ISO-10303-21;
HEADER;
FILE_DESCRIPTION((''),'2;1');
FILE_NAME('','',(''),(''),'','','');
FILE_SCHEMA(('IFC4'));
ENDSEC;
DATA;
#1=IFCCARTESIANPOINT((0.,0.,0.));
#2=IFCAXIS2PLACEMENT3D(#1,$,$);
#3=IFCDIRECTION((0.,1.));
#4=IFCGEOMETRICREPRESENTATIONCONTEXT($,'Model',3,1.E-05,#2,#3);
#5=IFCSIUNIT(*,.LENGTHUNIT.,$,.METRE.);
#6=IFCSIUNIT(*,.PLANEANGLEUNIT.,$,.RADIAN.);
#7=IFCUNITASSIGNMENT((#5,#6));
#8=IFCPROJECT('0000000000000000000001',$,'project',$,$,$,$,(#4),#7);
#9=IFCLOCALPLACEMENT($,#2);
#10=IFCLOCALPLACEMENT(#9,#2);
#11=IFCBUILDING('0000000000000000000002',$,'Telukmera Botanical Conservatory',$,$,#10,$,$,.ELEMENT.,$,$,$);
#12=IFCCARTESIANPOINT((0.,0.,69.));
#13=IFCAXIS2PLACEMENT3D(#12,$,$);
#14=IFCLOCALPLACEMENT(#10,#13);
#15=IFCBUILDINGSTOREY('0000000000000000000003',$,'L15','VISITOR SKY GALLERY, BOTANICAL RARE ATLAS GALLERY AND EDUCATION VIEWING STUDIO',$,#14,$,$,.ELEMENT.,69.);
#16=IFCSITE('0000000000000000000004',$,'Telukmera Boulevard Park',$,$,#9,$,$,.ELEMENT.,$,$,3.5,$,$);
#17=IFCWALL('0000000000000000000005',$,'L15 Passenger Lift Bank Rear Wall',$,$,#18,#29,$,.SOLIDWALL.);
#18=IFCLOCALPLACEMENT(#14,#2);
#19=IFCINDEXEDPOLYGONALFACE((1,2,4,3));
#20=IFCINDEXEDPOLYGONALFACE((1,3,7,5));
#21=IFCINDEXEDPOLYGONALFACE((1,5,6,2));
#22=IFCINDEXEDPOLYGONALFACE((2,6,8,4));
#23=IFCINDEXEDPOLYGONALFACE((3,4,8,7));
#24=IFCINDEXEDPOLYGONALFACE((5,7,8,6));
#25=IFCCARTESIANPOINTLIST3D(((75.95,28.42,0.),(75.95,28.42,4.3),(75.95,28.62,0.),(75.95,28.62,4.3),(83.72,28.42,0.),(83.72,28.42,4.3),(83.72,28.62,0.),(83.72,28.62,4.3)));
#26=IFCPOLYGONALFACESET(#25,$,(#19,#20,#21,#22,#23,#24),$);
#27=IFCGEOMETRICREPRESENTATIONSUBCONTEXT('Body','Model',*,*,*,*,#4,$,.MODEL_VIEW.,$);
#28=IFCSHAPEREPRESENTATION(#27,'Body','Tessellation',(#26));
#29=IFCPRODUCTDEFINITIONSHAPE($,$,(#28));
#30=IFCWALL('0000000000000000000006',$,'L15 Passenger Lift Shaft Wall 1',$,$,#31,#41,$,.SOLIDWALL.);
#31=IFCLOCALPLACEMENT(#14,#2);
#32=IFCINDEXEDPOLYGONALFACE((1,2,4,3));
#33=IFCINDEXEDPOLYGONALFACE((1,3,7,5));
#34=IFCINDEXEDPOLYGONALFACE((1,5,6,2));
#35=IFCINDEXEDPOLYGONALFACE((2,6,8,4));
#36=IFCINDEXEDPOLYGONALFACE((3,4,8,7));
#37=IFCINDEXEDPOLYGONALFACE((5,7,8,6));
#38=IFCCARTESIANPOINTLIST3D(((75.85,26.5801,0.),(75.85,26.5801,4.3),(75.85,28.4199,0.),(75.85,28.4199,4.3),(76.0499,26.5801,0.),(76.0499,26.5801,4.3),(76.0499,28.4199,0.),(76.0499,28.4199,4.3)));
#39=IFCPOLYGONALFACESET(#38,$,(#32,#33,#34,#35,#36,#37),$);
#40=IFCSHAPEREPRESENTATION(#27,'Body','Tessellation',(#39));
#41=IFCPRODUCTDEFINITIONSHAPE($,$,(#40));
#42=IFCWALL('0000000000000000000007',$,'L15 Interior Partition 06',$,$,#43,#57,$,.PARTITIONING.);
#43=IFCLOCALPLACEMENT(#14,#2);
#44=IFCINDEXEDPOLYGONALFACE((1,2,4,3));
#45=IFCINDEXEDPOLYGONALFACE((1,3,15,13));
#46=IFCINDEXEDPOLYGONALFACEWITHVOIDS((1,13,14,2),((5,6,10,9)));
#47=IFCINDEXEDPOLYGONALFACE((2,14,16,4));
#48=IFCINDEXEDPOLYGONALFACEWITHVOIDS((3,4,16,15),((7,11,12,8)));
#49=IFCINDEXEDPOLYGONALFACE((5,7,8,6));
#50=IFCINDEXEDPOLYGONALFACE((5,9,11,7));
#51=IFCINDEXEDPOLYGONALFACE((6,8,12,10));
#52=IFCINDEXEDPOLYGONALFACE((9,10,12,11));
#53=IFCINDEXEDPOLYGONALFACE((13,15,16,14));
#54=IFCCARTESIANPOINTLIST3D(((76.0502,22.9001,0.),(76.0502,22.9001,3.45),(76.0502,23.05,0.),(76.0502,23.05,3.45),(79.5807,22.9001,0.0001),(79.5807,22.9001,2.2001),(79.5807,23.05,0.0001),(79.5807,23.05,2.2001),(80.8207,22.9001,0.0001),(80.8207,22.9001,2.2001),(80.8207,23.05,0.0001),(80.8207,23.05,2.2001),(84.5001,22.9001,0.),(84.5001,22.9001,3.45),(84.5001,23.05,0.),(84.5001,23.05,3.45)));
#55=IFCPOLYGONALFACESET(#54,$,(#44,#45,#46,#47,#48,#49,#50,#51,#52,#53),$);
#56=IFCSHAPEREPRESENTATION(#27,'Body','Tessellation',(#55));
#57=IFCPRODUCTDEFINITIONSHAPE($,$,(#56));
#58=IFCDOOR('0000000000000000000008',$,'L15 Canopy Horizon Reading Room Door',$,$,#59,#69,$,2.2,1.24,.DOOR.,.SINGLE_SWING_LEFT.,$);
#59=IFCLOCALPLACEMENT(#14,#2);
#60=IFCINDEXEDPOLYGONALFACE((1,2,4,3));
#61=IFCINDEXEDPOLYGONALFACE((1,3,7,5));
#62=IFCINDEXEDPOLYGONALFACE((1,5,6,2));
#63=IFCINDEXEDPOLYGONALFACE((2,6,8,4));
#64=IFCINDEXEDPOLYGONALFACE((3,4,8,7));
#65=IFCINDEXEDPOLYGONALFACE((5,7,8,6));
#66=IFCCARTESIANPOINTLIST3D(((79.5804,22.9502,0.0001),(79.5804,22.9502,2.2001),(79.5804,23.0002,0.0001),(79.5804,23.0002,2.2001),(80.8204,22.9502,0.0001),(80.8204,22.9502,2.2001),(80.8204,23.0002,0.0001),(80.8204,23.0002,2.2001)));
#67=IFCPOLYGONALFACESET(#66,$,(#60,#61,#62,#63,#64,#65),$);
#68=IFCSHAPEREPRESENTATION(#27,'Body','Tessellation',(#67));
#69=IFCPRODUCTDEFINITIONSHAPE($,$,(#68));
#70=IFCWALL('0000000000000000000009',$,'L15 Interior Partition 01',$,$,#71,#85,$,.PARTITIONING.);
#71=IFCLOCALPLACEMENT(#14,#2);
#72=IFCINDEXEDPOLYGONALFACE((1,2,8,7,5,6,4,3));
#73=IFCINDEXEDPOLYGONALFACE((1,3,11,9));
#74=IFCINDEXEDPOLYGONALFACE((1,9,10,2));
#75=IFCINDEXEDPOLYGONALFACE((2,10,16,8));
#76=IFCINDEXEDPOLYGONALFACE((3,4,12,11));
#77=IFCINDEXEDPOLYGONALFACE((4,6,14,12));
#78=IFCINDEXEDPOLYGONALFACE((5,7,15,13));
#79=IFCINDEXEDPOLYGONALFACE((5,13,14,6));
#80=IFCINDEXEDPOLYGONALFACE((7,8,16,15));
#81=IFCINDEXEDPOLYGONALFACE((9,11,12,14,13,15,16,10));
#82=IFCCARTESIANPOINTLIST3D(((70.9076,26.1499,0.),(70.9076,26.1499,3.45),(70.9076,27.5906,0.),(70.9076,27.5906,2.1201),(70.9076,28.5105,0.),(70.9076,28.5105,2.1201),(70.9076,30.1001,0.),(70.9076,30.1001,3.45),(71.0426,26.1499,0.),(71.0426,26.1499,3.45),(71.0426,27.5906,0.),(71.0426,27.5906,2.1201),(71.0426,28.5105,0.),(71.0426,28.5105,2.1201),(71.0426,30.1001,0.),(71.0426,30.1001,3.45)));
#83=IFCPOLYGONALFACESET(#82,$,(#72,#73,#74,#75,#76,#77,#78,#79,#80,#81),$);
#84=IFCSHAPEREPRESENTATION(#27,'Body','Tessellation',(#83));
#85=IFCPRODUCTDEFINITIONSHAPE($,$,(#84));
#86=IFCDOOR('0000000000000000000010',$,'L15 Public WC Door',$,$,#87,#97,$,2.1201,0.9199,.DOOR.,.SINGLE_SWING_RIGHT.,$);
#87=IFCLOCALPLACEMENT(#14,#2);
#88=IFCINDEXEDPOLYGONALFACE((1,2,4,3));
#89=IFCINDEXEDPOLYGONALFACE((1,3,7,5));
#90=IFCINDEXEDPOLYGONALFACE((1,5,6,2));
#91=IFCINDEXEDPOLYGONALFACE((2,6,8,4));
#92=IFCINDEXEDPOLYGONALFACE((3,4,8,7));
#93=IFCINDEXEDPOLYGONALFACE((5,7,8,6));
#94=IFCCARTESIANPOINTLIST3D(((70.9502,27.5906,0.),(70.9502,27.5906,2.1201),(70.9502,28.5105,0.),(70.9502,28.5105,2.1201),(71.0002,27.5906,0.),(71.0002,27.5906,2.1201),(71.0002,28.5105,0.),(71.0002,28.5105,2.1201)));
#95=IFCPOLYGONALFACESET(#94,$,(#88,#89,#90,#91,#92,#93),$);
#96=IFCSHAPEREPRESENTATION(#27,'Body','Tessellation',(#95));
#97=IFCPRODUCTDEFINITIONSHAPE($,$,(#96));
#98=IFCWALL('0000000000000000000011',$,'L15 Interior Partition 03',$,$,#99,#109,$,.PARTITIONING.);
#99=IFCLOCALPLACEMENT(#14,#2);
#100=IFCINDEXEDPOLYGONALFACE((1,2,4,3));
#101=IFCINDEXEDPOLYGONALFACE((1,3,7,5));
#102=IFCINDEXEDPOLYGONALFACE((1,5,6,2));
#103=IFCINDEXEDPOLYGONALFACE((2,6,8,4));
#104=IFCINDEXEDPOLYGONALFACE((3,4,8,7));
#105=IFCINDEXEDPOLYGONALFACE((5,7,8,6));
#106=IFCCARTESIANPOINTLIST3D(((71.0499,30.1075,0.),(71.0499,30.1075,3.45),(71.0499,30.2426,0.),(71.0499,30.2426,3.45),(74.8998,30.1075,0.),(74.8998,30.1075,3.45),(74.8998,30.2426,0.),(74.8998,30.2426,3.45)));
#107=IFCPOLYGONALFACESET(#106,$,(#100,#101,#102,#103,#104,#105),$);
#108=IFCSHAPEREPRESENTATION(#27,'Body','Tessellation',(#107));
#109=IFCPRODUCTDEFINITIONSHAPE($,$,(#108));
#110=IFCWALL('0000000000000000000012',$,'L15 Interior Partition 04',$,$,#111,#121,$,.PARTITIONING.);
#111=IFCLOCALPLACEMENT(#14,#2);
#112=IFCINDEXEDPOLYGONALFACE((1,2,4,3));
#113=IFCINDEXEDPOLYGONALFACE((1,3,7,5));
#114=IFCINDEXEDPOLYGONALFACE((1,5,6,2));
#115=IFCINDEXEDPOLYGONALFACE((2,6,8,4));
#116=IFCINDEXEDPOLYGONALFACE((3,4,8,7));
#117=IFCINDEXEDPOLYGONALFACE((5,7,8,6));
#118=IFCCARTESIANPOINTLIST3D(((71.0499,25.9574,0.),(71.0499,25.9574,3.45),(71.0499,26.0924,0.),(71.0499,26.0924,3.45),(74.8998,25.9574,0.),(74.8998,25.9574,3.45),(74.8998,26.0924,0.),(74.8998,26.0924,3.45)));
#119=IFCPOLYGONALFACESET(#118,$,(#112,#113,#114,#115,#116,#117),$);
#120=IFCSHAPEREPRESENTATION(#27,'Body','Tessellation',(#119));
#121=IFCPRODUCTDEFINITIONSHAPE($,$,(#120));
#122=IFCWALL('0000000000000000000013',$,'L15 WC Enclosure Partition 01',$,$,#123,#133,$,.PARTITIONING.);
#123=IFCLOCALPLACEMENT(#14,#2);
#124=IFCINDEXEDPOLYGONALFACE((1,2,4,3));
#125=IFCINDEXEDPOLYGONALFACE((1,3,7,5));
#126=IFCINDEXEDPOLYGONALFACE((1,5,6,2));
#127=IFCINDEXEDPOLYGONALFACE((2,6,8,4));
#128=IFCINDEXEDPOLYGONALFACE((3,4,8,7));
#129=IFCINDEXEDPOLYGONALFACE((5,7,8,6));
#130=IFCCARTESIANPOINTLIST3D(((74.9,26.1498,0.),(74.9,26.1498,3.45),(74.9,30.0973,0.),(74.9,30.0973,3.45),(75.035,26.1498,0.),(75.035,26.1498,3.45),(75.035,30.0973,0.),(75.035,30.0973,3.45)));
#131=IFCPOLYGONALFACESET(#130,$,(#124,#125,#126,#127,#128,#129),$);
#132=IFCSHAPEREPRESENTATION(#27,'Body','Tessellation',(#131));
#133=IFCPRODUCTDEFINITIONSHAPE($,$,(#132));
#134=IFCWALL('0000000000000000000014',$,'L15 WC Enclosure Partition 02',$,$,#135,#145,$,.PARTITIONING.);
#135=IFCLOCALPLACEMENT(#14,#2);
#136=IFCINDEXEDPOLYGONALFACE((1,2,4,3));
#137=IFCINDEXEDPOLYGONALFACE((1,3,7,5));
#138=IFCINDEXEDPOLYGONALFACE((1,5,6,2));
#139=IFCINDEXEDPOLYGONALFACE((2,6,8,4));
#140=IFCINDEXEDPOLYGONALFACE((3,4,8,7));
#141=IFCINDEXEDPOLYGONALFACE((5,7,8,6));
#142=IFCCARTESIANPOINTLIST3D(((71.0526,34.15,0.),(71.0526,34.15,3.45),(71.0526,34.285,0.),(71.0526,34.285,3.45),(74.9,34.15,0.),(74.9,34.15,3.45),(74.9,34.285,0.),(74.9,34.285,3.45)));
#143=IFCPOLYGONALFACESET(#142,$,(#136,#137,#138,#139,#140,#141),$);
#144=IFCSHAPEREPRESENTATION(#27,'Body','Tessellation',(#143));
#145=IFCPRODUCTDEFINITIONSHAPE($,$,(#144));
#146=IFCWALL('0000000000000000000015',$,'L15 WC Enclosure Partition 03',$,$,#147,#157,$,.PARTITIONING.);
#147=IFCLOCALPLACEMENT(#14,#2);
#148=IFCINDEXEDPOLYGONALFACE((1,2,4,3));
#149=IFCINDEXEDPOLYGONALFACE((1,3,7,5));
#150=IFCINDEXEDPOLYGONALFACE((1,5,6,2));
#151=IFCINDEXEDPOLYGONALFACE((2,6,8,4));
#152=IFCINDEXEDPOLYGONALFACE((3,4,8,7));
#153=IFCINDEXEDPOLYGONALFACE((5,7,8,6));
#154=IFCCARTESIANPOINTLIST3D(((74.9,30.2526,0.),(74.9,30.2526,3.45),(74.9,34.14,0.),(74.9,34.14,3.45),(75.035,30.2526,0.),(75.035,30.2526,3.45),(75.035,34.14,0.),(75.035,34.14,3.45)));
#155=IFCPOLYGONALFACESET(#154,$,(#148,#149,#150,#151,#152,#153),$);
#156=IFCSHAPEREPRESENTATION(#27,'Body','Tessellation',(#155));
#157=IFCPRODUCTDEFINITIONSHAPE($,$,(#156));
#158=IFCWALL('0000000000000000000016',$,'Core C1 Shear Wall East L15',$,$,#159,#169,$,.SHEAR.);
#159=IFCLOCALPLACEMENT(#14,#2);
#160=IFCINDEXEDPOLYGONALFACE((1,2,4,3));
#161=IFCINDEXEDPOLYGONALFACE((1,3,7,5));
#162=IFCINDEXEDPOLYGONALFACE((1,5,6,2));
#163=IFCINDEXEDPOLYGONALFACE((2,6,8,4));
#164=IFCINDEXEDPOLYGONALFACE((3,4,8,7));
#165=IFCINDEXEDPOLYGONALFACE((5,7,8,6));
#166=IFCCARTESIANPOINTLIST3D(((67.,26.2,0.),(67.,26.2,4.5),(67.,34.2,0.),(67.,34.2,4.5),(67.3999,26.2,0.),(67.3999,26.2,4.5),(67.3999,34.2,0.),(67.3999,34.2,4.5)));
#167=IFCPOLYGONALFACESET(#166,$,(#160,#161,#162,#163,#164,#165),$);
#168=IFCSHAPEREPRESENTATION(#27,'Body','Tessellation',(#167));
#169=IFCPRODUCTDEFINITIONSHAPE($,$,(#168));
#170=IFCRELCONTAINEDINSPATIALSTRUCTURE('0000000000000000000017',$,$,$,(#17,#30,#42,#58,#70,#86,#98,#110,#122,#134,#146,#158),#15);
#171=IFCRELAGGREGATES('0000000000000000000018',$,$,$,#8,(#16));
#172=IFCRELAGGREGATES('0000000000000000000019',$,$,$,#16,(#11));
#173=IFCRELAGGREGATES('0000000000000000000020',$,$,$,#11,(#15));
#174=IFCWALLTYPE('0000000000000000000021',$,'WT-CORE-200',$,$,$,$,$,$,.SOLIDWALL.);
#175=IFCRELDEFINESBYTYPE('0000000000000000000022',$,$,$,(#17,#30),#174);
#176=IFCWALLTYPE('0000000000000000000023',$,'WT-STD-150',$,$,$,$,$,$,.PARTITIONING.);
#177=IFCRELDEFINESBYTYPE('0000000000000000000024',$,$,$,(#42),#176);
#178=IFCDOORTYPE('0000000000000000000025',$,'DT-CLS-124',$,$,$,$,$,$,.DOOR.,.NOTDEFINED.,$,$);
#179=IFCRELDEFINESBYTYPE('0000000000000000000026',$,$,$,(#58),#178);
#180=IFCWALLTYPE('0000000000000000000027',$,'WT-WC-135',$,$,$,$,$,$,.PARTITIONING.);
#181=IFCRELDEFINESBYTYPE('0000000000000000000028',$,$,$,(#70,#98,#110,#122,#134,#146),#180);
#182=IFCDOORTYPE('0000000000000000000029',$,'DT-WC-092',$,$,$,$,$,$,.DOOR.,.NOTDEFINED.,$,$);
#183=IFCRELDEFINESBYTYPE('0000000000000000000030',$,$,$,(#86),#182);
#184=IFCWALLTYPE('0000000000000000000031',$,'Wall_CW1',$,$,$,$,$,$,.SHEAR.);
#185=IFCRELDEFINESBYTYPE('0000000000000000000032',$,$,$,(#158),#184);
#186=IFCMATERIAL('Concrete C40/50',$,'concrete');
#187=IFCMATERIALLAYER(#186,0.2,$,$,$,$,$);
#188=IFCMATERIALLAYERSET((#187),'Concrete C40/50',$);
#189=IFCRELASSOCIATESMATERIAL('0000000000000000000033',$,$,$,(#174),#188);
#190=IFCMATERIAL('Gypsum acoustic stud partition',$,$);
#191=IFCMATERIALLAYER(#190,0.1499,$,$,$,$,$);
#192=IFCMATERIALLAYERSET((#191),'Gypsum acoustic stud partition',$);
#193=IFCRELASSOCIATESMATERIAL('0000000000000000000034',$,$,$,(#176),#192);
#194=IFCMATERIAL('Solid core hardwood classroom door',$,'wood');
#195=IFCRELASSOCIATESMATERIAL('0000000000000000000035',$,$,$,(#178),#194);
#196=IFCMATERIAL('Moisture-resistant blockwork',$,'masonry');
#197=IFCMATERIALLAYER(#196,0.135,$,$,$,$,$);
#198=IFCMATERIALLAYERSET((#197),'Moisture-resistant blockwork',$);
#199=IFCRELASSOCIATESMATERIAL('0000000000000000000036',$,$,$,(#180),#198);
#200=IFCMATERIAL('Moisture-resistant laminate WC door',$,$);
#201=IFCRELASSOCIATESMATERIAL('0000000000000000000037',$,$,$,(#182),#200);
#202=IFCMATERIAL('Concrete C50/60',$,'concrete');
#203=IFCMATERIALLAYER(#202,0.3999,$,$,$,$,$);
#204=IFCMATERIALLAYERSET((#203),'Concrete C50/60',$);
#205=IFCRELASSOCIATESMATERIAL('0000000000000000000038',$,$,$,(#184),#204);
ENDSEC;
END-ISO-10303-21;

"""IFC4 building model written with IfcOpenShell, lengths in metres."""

from ifc_helpers import new_model, si_unit, direction, frame, frame_2d, origin, place, context, subcontext, project, spatial, rectangle, extrude, material, layer, layer_set, type_object, element, fill, save


model = new_model("IFC4")

# Units and contexts
model_context = context("Model", 3, precision=1e-05, world=origin(), true_north=direction((0.0, 1.0)))
body_context = subcontext(model_context, "Body", "Model", "MODEL_VIEW")
ifc_project = project(units=[si_unit("LENGTHUNIT", "METRE"), si_unit("PLANEANGLEUNIT", "RADIAN")], contexts=[model_context])

# Site, building, storey
site_placement = place(None, origin())
site = spatial("IfcSite", under=ifc_project, at=site_placement, Name="Telukmera Boulevard Park", CompositionType="ELEMENT", RefElevation=3.5)
building_placement = place(site_placement, origin())
building = spatial("IfcBuilding", under=site, at=building_placement, Name="Telukmera Botanical Conservatory", CompositionType="ELEMENT")
storey_placement = place(building_placement, frame((0.0, 0.0, 69.0)))
storey = spatial("IfcBuildingStorey", under=building, at=storey_placement, Name="L15", Description="VISITOR SKY GALLERY, BOTANICAL RARE ATLAS GALLERY AND EDUCATION VIEWING STUDIO", CompositionType="ELEMENT", Elevation=69.0)

# Shared definitions
ifc_material_1 = material(Name="Concrete C40/50", Category="concrete")
ifc_material_2 = material(Name="Concrete C50/60", Category="concrete")

# Shared definitions
ifc_layer_1 = layer(ifc_material_1, 0.2)
ifc_layer_set_1 = layer_set([ifc_layer_1], Name="Concrete C40/50")
wall_type_1 = type_object("IfcWallType", Name="WT-CORE-200", PredefinedType="SOLIDWALL", material=ifc_layer_set_1)

# Walls
wall_1_placement = place(storey_placement, frame((75.95, 28.52, 0.0), z_axis=(0.0, 0.0, 1.0), x_axis=(1.0, 0.0, 0.0)))
element("IfcWall", 1, at=wall_1_placement, inside=storey, type_object=wall_type_1, Name="L15 Passenger Lift Bank Rear Wall", PredefinedType="SOLIDWALL", context=body_context, shape_type="SweptSolid", body=[
    extrude(rectangle(XDim=7.77, YDim=0.2, at=frame_2d((3.885, 0.0))), origin(), (0.0, 0.0, 1.0), 4.3),
])
wall_2_placement = place(storey_placement, frame((75.95, 26.5801, 0.0), z_axis=(0.0, 0.0, 1.0), x_axis=(0.0, 1.0, 0.0)))
element("IfcWall", 2, at=wall_2_placement, inside=storey, type_object=wall_type_1, Name="L15 Passenger Lift Shaft Wall 1", PredefinedType="SOLIDWALL", context=body_context, shape_type="SweptSolid", body=[
    extrude(rectangle(XDim=1.8398, YDim=0.2, at=frame_2d((0.9199, 0.0))), origin(), (0.0, 0.0, 1.0), 4.3),
])

# Walls, openings, doors
ifc_material_3 = material(Name="Gypsum acoustic stud partition")
ifc_layer_2 = layer(ifc_material_3, 0.1499)
ifc_layer_set_2 = layer_set([ifc_layer_2], Name="Gypsum acoustic stud partition")
wall_type_2 = type_object("IfcWallType", Name="WT-STD-150", PredefinedType="PARTITIONING", material=ifc_layer_set_2)
wall_3_placement = place(storey_placement, frame((76.05, 22.9751, 0.0), z_axis=(0.0, 0.0, 1.0), x_axis=(1.0, 0.0, 0.0)))
wall_3 = element("IfcWall", 3, at=wall_3_placement, inside=storey, type_object=wall_type_2, Name="L15 Interior Partition 06", PredefinedType="PARTITIONING", context=body_context, shape_type="SweptSolid", body=[
    extrude(rectangle(XDim=8.45, YDim=0.1499, at=frame_2d((4.2251, 0.0))), origin(), (0.0, 0.0, 1.0), 3.45),
])
opening_1_placement = place(wall_3_placement, frame((3.5305, 0.0, 0.0)))
opening_1 = element("IfcOpeningElement", 4, at=opening_1_placement, cuts=wall_3, PredefinedType="OPENING", context=body_context, shape_type="SweptSolid", body=[
    extrude(rectangle(XDim=1.24, YDim=2.2, at=frame_2d((0.6201, 1.1001))), frame((0.0, 0.085, 0.0), z_axis=(0.0, -1.0, 0.0), x_axis=(1.0, 0.0, 0.0)), (0.0, 0.0, 1.0), 0.1699),
])
ifc_material_4 = material(Name="Solid core hardwood classroom door", Category="wood")
door_type_1 = type_object("IfcDoorType", Name="DT-CLS-124", OperationType="NOTDEFINED", PredefinedType="DOOR", material=ifc_material_4)
door_1_placement = place(opening_1_placement, frame((1.24, 0.0, 0.0), z_axis=(0.0, 0.0, 1.0), x_axis=(-1.0, 0.0, 0.0)))
door_1 = element("IfcDoor", 5, at=door_1_placement, inside=storey, type_object=door_type_1, Name="L15 Canopy Horizon Reading Room Door", OperationType="SINGLE_SWING_LEFT", OverallHeight=2.2, OverallWidth=1.24, PredefinedType="DOOR", context=body_context, shape_type="SweptSolid", body=[
    extrude(rectangle(XDim=1.24, YDim=2.2, at=frame_2d((0.6201, 1.1001))), frame((0.0, 0.0249, 0.0), z_axis=(0.0, -1.0, 0.0), x_axis=(1.0, 0.0, 0.0)), (0.0, 0.0, 1.0), 0.05),
])
fill(opening_1, door_1)
ifc_material_5 = material(Name="Moisture-resistant blockwork", Category="masonry")
ifc_layer_3 = layer(ifc_material_5, 0.135)
ifc_layer_set_3 = layer_set([ifc_layer_3], Name="Moisture-resistant blockwork")
wall_type_3 = type_object("IfcWallType", Name="WT-WC-135", PredefinedType="PARTITIONING", material=ifc_layer_set_3)
wall_4_placement = place(storey_placement, frame((70.9751, 26.1499, 0.0), z_axis=(0.0, 0.0, 1.0), x_axis=(0.0, 1.0, 0.0)))
wall_4 = element("IfcWall", 6, at=wall_4_placement, inside=storey, type_object=wall_type_3, Name="L15 Interior Partition 01", PredefinedType="PARTITIONING", context=body_context, shape_type="SweptSolid", body=[
    extrude(rectangle(XDim=3.9502, YDim=0.135, at=frame_2d((1.9751, 0.0))), origin(), (0.0, 0.0, 1.0), 3.45),
])
opening_2_placement = place(wall_4_placement, frame((1.4407, 0.0, 0.0)))
opening_2 = element("IfcOpeningElement", 7, at=opening_2_placement, cuts=wall_4, PredefinedType="OPENING", context=body_context, shape_type="SweptSolid", body=[
    extrude(rectangle(XDim=0.9199, YDim=2.1201, at=frame_2d((0.46, 1.0601))), frame((0.0, 0.0774, 0.0), z_axis=(0.0, -1.0, 0.0), x_axis=(1.0, 0.0, 0.0)), (0.0, 0.0, 1.0), 0.155),
])
ifc_material_6 = material(Name="Moisture-resistant laminate WC door")
door_type_2 = type_object("IfcDoorType", Name="DT-WC-092", OperationType="NOTDEFINED", PredefinedType="DOOR", material=ifc_material_6)
door_2_placement = place(opening_2_placement, origin())
door_2 = element("IfcDoor", 8, at=door_2_placement, inside=storey, type_object=door_type_2, Name="L15 Public WC Door", OperationType="SINGLE_SWING_RIGHT", OverallHeight=2.1201, OverallWidth=0.9199, PredefinedType="DOOR", context=body_context, shape_type="SweptSolid", body=[
    extrude(rectangle(XDim=0.9199, YDim=2.1201, at=frame_2d((0.46, 1.0601))), frame((0.0, 0.0249, 0.0), z_axis=(0.0, -1.0, 0.0), x_axis=(1.0, 0.0, 0.0)), (0.0, 0.0, 1.0), 0.05),
])
fill(opening_2, door_2)

# Walls
for number, where, z_axis, x_axis, name in (
    (9, (71.05, 30.175, 0.0), (0.0, 0.0, 1.0), (1.0, 0.0, 0.0), "L15 Interior Partition 03"),
    (10, (71.05, 26.0249, 0.0), (0.0, 0.0, 1.0), (1.0, 0.0, 0.0), "L15 Interior Partition 04"),
):
    element("IfcWall", number, at=place(storey_placement, frame(where, z_axis=z_axis, x_axis=x_axis)), inside=storey, type_object=wall_type_3, Name=name, PredefinedType="PARTITIONING", context=body_context, shape_type="SweptSolid", body=[
        extrude(rectangle(XDim=3.8499, YDim=0.135, at=frame_2d((1.9248, 0.0))), origin(), (0.0, 0.0, 1.0), 3.45),
    ])
wall_5_placement = place(storey_placement, frame((74.9675, 26.1499, 0.0), z_axis=(0.0, 0.0, 1.0), x_axis=(0.0, 1.0, 0.0)))
element("IfcWall", 11, at=wall_5_placement, inside=storey, type_object=wall_type_3, Name="L15 WC Enclosure Partition 01", PredefinedType="PARTITIONING", context=body_context, shape_type="SweptSolid", body=[
    extrude(rectangle(XDim=3.9475, YDim=0.135, at=frame_2d((1.9736, 0.0))), origin(), (0.0, 0.0, 1.0), 3.45),
])
wall_6_placement = place(storey_placement, frame((71.0525, 34.2175, 0.0), z_axis=(0.0, 0.0, 1.0), x_axis=(1.0, 0.0, 0.0)))
element("IfcWall", 12, at=wall_6_placement, inside=storey, type_object=wall_type_3, Name="L15 WC Enclosure Partition 02", PredefinedType="PARTITIONING", context=body_context, shape_type="SweptSolid", body=[
    extrude(rectangle(XDim=3.8474, YDim=0.135, at=frame_2d((1.9238, 0.0))), origin(), (0.0, 0.0, 1.0), 3.45),
])
wall_7_placement = place(storey_placement, frame((74.9675, 30.2524, 0.0), z_axis=(0.0, 0.0, 1.0), x_axis=(0.0, 1.0, 0.0)))
element("IfcWall", 13, at=wall_7_placement, inside=storey, type_object=wall_type_3, Name="L15 WC Enclosure Partition 03", PredefinedType="PARTITIONING", context=body_context, shape_type="SweptSolid", body=[
    extrude(rectangle(XDim=3.8875, YDim=0.135, at=frame_2d((1.9438, 0.0))), origin(), (0.0, 0.0, 1.0), 3.45),
])
ifc_layer_4 = layer(ifc_material_2, 0.3999)
ifc_layer_set_4 = layer_set([ifc_layer_4], Name="Concrete C50/60")
wall_type_4 = type_object("IfcWallType", Name="Wall_CW1", PredefinedType="SHEAR", material=ifc_layer_set_4)
wall_8_placement = place(storey_placement, frame((67.2, 26.2, 0.0), z_axis=(0.0, 0.0, 1.0), x_axis=(0.0, 1.0, 0.0)))
element("IfcWall", 14, at=wall_8_placement, inside=storey, type_object=wall_type_4, Name="Core C1 Shear Wall East L15", PredefinedType="SHEAR", context=body_context, shape_type="SweptSolid", body=[
    extrude(rectangle(XDim=8.0, YDim=0.3999, at=frame_2d((4.0, 0.0))), origin(), (0.0, 0.0, 1.0), 4.5),
])

save(model, "model.ifc")
